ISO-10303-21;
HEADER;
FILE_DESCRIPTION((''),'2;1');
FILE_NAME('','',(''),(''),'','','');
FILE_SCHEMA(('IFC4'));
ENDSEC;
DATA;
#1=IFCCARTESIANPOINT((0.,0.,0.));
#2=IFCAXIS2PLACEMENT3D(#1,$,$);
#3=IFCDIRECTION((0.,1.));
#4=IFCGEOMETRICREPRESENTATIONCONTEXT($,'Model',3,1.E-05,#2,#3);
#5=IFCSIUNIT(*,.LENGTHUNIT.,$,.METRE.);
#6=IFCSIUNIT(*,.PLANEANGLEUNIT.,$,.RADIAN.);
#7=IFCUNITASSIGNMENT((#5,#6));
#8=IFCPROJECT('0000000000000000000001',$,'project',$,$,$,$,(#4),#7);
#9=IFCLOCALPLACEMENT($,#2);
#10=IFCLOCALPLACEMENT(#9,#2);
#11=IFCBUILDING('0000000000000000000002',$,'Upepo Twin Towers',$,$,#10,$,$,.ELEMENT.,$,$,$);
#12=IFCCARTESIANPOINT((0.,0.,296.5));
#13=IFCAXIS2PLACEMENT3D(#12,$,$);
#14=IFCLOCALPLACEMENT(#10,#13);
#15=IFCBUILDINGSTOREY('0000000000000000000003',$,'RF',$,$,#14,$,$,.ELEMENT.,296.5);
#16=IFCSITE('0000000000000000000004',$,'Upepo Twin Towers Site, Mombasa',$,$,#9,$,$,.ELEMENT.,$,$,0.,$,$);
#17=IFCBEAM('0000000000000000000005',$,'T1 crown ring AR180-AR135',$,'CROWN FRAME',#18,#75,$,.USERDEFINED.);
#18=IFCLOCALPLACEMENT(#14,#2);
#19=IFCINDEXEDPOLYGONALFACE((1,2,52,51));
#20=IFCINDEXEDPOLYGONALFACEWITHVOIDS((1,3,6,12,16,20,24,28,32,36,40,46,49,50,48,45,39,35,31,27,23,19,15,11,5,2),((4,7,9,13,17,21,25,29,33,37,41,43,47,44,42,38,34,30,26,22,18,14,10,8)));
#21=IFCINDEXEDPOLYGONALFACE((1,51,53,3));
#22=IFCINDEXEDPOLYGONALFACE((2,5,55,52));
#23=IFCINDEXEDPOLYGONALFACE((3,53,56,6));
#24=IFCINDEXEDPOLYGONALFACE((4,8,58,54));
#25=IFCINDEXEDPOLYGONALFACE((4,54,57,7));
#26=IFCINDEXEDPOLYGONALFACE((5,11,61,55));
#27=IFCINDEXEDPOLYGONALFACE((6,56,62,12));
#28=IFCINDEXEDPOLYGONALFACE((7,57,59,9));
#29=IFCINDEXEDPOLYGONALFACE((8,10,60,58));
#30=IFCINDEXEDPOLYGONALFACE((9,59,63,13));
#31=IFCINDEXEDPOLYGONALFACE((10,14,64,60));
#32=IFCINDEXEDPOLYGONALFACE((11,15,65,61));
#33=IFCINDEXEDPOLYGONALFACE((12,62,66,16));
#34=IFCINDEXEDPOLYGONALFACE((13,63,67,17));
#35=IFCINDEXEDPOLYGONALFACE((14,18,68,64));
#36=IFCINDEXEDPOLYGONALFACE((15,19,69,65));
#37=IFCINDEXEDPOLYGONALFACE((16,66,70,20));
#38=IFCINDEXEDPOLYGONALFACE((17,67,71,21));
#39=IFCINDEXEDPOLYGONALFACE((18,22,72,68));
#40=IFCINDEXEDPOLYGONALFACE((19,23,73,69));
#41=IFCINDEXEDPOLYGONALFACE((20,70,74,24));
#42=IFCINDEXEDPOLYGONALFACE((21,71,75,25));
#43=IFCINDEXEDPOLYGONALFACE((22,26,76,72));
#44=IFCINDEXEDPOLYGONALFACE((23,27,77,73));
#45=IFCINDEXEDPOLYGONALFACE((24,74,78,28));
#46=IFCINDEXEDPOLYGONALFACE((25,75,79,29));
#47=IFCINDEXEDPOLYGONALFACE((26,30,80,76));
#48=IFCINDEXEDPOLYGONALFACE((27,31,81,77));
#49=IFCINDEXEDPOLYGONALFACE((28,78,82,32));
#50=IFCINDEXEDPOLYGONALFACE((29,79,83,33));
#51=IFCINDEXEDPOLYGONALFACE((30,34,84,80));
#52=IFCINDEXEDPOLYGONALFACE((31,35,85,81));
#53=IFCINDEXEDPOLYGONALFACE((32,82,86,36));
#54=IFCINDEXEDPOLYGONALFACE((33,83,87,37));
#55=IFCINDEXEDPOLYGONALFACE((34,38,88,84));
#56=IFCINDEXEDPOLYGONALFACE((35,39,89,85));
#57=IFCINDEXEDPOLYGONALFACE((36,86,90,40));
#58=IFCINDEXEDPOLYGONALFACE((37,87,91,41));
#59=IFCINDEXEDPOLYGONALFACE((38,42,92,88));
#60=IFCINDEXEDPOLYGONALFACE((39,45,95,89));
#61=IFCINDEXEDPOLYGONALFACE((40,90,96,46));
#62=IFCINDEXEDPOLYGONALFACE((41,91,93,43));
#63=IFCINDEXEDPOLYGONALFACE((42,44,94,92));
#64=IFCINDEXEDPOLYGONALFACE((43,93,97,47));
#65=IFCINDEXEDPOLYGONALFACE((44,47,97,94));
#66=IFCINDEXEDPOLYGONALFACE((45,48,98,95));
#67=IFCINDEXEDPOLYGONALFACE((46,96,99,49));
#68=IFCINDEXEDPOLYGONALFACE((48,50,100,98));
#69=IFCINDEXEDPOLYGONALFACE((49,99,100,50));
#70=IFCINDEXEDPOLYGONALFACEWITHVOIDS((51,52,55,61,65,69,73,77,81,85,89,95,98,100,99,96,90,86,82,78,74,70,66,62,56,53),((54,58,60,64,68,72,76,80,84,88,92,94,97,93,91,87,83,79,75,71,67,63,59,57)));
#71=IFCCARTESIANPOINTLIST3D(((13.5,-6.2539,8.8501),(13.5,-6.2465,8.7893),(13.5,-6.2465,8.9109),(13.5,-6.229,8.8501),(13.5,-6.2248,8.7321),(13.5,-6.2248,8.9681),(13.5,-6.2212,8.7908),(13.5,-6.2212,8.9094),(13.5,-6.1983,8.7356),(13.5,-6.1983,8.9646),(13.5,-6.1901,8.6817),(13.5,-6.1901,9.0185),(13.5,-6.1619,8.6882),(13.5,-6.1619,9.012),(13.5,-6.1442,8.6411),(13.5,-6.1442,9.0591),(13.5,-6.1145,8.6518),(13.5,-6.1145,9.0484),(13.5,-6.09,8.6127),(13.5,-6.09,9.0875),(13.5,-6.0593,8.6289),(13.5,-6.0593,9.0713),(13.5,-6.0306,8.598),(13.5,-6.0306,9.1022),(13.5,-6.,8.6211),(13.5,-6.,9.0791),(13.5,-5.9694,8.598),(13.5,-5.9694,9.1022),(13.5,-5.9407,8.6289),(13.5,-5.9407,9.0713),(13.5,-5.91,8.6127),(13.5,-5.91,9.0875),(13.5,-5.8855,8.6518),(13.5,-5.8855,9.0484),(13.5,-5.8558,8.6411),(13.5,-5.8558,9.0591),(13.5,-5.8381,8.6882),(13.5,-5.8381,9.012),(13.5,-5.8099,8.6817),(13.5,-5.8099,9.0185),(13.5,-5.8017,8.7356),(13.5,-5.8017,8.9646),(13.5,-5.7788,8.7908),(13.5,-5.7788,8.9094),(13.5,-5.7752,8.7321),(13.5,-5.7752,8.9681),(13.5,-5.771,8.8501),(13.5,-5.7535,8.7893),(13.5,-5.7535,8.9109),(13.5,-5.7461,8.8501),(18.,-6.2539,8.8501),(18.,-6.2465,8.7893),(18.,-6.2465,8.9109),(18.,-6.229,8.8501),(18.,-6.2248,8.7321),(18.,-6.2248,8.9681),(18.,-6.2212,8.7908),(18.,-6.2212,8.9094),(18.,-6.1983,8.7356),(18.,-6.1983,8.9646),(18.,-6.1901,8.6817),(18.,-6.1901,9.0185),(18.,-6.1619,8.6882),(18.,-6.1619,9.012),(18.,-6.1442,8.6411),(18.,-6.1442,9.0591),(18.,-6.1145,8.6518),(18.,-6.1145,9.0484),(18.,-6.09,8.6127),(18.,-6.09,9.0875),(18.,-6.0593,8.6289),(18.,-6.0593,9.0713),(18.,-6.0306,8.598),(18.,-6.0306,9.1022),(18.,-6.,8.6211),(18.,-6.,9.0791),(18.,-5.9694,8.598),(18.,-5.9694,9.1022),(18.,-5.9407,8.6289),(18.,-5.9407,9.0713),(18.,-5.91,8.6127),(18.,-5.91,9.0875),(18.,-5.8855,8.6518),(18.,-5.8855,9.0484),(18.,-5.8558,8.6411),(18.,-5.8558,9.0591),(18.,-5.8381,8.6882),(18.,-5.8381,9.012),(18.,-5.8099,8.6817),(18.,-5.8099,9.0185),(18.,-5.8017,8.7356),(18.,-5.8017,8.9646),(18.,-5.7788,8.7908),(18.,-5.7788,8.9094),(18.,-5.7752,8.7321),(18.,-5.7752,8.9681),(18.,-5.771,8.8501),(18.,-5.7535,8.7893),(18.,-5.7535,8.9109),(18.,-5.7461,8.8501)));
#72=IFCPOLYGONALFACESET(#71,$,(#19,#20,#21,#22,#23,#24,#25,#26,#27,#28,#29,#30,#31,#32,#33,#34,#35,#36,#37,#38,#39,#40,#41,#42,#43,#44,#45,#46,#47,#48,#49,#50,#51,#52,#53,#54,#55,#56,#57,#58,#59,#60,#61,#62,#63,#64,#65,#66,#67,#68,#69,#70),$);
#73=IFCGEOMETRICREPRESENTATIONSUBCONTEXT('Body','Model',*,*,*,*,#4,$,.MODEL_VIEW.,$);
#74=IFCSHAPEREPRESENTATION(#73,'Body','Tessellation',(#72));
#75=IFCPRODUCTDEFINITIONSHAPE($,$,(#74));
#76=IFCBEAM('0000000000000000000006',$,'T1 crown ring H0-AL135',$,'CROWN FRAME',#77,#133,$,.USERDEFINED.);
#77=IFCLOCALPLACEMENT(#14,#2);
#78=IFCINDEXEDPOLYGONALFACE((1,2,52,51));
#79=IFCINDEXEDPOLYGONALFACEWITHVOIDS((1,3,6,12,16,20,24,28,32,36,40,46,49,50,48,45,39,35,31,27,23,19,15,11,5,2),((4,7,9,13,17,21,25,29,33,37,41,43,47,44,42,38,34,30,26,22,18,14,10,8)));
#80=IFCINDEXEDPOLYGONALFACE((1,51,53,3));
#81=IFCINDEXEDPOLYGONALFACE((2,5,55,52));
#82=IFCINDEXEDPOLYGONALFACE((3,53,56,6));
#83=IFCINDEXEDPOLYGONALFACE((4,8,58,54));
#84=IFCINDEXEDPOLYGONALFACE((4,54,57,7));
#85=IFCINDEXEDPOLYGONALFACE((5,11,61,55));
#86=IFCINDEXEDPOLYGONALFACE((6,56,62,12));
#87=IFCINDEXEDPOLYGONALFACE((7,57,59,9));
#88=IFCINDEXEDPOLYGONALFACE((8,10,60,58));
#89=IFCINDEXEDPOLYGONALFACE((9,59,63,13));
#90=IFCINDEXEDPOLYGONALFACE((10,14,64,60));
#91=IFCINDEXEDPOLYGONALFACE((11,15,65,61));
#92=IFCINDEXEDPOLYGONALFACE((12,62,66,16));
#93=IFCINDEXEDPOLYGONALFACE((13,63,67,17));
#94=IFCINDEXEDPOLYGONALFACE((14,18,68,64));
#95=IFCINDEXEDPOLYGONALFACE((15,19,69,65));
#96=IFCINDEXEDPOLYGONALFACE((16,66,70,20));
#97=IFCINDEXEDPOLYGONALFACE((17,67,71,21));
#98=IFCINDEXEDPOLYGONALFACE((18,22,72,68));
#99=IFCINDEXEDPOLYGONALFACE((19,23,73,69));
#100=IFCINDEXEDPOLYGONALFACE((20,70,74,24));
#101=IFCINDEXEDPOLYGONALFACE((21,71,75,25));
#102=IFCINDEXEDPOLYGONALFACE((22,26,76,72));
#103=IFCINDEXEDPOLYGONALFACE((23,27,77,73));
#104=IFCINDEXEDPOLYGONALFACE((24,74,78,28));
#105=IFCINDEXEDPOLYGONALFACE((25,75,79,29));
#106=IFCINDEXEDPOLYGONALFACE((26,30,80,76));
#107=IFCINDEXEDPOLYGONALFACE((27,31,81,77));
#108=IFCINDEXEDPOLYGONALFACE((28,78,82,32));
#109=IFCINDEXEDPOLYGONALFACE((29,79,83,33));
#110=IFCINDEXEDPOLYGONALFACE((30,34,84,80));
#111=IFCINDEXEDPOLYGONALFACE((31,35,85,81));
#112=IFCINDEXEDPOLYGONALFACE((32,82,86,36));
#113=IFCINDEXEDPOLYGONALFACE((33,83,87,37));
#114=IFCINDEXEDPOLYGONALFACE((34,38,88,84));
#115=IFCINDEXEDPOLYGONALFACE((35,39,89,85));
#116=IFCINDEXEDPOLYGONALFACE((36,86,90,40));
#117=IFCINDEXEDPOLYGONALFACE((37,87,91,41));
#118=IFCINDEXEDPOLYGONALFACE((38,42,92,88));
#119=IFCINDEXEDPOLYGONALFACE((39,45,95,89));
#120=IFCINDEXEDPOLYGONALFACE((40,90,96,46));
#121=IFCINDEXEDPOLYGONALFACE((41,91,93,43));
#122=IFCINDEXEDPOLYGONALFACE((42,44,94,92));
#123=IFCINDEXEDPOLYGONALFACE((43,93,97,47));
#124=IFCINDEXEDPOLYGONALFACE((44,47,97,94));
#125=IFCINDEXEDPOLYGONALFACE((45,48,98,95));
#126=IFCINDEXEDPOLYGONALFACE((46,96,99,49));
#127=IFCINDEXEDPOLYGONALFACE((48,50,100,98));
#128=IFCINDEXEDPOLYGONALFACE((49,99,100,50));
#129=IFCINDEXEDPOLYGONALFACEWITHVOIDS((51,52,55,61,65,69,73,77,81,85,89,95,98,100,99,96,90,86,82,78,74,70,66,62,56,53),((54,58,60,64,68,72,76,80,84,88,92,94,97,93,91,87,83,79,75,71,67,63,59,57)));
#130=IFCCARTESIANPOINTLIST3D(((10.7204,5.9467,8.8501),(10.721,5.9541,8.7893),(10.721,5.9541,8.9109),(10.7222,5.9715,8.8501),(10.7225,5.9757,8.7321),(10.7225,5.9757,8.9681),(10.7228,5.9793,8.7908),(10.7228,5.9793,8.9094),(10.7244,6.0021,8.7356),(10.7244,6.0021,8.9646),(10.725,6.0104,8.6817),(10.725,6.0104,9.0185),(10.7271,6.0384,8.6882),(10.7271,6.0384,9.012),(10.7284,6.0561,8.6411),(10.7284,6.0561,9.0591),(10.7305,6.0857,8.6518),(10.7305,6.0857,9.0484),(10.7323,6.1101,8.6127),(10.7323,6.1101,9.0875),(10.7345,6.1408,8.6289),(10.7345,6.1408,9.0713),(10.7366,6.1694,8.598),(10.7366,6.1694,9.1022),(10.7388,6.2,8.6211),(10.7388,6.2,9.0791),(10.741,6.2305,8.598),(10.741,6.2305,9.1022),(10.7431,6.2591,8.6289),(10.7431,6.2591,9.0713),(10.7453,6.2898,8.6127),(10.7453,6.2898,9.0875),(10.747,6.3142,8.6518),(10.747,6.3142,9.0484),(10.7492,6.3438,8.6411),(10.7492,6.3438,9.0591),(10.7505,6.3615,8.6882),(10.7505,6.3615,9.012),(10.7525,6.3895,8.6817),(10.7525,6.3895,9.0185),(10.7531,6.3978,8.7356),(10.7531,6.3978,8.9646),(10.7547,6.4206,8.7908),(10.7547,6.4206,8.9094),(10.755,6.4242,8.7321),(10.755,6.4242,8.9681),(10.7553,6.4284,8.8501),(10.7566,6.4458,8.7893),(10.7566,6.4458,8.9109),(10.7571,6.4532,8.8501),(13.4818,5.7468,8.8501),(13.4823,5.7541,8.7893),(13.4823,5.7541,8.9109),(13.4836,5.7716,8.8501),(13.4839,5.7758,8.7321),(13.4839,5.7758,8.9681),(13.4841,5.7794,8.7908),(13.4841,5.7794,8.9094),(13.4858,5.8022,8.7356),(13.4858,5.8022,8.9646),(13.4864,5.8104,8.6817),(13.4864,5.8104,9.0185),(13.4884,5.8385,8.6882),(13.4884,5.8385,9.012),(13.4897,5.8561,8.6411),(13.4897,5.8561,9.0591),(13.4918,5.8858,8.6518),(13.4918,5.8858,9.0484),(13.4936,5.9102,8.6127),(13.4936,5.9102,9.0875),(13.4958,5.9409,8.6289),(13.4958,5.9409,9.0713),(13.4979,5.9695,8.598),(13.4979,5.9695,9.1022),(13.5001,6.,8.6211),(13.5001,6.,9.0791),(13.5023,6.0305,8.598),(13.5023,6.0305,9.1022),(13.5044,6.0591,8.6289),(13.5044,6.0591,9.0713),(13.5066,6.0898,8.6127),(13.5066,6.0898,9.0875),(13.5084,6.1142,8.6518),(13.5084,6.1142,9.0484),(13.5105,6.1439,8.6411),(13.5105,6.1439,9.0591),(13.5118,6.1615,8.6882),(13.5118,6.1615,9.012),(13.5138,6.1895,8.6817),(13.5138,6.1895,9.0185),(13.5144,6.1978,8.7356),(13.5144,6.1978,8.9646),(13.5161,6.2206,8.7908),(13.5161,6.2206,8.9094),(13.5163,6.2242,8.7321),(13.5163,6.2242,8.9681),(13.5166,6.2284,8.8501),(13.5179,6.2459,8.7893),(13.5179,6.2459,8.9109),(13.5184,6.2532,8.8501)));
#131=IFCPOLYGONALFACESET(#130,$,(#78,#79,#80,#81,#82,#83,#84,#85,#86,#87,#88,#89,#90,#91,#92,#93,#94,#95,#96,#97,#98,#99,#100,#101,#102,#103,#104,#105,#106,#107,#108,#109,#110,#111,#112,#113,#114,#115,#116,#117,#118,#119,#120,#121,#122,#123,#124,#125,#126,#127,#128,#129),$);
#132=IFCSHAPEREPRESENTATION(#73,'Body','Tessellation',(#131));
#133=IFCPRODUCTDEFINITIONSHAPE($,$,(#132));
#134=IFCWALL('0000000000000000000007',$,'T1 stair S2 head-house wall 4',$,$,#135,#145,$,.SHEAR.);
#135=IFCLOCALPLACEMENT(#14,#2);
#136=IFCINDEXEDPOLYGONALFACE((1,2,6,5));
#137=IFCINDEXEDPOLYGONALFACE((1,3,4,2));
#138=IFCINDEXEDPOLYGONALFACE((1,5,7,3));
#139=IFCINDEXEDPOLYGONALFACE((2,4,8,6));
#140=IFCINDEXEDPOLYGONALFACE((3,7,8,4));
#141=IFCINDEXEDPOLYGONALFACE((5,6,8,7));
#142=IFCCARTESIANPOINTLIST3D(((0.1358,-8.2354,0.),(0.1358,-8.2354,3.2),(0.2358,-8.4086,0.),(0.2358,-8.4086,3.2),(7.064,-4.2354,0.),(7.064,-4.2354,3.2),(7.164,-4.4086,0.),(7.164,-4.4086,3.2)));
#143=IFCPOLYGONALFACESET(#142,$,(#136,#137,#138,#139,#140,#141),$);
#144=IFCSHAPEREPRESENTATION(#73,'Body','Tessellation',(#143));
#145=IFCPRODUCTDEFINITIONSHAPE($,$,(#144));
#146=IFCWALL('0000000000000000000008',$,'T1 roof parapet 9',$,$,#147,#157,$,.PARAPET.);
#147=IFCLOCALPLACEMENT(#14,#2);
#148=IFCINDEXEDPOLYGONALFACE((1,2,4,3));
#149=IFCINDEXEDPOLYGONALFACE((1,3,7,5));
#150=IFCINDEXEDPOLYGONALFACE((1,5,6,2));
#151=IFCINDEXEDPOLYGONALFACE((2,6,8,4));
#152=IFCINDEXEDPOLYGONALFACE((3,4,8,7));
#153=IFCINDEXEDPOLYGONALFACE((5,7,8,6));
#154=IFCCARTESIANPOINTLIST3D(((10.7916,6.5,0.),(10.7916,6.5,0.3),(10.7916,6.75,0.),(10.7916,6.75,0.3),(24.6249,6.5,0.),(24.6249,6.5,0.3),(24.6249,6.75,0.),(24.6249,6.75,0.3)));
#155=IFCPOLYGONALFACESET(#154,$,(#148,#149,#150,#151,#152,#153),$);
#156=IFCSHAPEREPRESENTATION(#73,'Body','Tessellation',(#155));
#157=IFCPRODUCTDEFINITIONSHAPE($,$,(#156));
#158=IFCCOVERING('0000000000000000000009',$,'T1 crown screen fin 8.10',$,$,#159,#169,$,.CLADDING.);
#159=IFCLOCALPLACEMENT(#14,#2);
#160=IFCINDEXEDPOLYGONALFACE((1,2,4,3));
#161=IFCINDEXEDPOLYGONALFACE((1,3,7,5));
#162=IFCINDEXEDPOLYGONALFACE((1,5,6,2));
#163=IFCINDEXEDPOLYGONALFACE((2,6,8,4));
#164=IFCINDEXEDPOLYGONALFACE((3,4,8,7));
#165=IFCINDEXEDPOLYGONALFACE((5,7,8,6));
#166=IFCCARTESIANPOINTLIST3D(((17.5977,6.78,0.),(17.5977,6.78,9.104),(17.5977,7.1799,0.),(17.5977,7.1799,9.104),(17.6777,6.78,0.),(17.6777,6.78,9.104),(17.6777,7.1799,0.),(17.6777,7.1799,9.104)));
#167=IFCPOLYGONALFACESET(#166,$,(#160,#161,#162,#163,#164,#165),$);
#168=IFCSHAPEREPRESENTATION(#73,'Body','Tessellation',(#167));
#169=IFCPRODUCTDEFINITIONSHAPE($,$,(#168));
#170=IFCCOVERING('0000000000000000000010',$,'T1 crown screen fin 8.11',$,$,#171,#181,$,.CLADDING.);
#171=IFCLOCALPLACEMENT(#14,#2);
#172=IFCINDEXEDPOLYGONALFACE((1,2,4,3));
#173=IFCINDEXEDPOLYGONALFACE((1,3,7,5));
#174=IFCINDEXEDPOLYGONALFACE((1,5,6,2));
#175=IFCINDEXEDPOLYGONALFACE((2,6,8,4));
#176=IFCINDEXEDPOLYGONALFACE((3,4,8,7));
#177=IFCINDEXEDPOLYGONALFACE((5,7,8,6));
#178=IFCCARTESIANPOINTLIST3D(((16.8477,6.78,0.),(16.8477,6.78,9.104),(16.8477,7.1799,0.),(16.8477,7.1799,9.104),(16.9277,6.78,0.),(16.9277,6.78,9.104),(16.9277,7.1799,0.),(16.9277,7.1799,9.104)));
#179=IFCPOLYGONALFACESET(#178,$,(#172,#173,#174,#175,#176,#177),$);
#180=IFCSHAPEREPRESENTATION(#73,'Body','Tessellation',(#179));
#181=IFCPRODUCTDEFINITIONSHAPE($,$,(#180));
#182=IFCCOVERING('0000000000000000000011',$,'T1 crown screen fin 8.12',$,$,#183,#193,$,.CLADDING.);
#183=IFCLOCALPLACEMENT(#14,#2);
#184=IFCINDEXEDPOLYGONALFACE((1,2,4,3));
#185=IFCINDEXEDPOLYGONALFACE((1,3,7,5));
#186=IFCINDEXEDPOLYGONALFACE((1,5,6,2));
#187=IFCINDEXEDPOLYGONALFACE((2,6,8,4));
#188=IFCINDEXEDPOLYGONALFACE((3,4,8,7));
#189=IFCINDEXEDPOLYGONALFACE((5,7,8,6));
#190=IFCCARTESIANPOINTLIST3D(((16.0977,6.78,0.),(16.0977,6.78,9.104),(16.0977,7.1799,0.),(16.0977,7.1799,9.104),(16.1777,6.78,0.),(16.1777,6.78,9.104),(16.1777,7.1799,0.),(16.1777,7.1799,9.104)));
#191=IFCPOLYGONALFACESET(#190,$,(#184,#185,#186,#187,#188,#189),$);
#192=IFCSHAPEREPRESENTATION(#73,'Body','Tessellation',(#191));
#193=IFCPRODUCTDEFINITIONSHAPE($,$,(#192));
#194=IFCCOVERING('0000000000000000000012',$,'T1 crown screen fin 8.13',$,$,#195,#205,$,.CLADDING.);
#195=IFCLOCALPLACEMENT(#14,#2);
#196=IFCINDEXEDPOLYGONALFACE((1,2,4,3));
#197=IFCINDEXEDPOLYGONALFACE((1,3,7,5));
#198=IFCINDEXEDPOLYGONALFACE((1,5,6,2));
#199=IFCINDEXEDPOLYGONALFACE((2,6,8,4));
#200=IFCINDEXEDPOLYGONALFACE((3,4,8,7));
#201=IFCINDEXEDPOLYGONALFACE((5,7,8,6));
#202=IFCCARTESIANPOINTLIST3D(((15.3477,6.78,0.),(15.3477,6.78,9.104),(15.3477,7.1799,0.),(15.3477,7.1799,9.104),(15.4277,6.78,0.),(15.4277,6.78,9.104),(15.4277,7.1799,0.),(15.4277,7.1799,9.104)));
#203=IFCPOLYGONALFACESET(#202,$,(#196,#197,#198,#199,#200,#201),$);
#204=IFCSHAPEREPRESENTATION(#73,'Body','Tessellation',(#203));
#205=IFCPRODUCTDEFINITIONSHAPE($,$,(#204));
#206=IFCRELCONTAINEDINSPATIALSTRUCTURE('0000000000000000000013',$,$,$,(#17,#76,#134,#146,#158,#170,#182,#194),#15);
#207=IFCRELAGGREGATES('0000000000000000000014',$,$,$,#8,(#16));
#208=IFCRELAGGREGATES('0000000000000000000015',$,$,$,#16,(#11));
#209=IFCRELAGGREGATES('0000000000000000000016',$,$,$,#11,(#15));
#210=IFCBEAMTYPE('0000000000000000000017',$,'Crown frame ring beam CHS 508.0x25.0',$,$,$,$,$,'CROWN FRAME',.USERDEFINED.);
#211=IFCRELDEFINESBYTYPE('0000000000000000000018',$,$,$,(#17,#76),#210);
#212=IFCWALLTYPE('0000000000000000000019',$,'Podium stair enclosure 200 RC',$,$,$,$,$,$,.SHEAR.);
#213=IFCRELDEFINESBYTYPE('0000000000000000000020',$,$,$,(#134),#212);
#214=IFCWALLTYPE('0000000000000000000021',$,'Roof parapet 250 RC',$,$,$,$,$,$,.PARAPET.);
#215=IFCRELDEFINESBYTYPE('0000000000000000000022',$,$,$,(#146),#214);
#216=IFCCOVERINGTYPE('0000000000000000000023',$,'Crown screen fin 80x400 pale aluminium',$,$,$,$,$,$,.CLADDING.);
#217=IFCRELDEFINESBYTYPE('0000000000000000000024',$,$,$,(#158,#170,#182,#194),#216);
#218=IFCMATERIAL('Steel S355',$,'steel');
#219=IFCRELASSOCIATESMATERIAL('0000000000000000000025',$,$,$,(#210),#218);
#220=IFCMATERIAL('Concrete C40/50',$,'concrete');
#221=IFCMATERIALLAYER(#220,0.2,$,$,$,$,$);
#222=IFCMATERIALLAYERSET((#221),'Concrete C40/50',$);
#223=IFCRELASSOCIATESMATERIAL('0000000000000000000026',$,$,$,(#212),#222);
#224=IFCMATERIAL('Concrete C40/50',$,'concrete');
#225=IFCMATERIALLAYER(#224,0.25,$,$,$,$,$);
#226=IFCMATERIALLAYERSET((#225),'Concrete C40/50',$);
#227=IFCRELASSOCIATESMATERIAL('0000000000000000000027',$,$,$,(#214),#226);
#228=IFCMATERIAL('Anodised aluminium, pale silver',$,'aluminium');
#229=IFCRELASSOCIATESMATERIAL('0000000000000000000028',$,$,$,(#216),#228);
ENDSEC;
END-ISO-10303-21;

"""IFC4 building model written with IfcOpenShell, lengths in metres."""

from ifc_helpers import new_model, si_unit, direction, frame, frame_2d, origin, origin_2d, place, context, subcontext, project, spatial, rectangle, hollow_circle, extrude, material, layer, layer_set, material_profile, profile_set, type_object, element, save


model = new_model("IFC4")

# Units and contexts
model_context = context("Model", 3, precision=1e-05, world=origin(), true_north=direction((0.0, 1.0)))
body_context = subcontext(model_context, "Body", "Model", "MODEL_VIEW")
ifc_project = project(units=[si_unit("LENGTHUNIT", "METRE"), si_unit("PLANEANGLEUNIT", "RADIAN")], contexts=[model_context])

# Site, building, storey
site_placement = place(None, origin())
site = spatial("IfcSite", under=ifc_project, at=site_placement, Name="Upepo Twin Towers Site, Mombasa", CompositionType="ELEMENT", RefElevation=0.0)
building_placement = place(site_placement, origin())
building = spatial("IfcBuilding", under=site, at=building_placement, Name="Upepo Twin Towers", CompositionType="ELEMENT")
storey_placement = place(building_placement, frame((0.0, 0.0, 296.5)))
storey = spatial("IfcBuildingStorey", under=building, at=storey_placement, Name="RF", CompositionType="ELEMENT", Elevation=296.5)

# Beams
ifc_material_1 = material(Name="Steel S355", Category="steel")
ifc_material_profile_1 = material_profile(ifc_material_1, hollow_circle(Radius=0.2539, WallThickness=0.0249, at=origin_2d()), Name="CHS 508.0x25.0")
ifc_profile_set_1 = profile_set([ifc_material_profile_1], Name="Steel S355")
beam_type = type_object("IfcBeamType", Name="Crown frame ring beam CHS 508.0x25.0", ElementType="CROWN FRAME", PredefinedType="USERDEFINED", material=ifc_profile_set_1)
for number, where, z_axis, x_axis, name in (
    (1, (18.0, -6.0, 8.8501), (-1.0, 0.0, 0.0), (0.0, -1.0, 0.0), "T1 crown ring AR180-AR135"),
):
    element("IfcBeam", number, at=place(storey_placement, frame(where, z_axis=z_axis, x_axis=x_axis)), inside=storey, type_object=beam_type, Name=name, ObjectType="CROWN FRAME", PredefinedType="USERDEFINED", context=body_context, shape_type="SweptSolid", body=[
        extrude(hollow_circle(Radius=0.2539, WallThickness=0.0249, at=origin_2d()), origin(), (0.0, 0.0, 1.0), 4.5),
    ])
beam_1_placement = place(storey_placement, frame((10.7388, 6.2, 8.8501), z_axis=(0.997388, -0.072225, 0.0), x_axis=(0.072225, 0.997388, 0.0)))
element("IfcBeam", 2, at=beam_1_placement, inside=storey, type_object=beam_type, Name="T1 crown ring H0-AL135", ObjectType="CROWN FRAME", PredefinedType="USERDEFINED", context=body_context, shape_type="SweptSolid", body=[
    extrude(hollow_circle(Radius=0.2539, WallThickness=0.0249, at=origin_2d()), origin(), (0.0, 0.0, 1.0), 2.7686),
])

# Walls
ifc_material_2 = material(Name="Concrete C40/50", Category="concrete")
ifc_layer_1 = layer(ifc_material_2, 0.2)
ifc_layer_set_1 = layer_set([ifc_layer_1], Name="Concrete C40/50")
wall_type_1 = type_object("IfcWallType", Name="Podium stair enclosure 200 RC", PredefinedType="SHEAR", material=ifc_layer_set_1)
wall_1_placement = place(storey_placement, frame((7.114, -4.322, 0.0), z_axis=(0.0, 0.0, 1.0), x_axis=(-0.866026, -0.499999, 0.0)))
element("IfcWall", 3, at=wall_1_placement, inside=storey, type_object=wall_type_1, Name="T1 stair S2 head-house wall 4", PredefinedType="SHEAR", context=body_context, shape_type="SweptSolid", body=[
    extrude(rectangle(XDim=8.0, YDim=0.2, at=frame_2d((4.0, 0.0))), origin(), (0.0, 0.0, 1.0), 3.2),
])
ifc_material_3 = material(Name="Concrete C40/50", Category="concrete")
ifc_layer_2 = layer(ifc_material_3, 0.25)
ifc_layer_set_2 = layer_set([ifc_layer_2], Name="Concrete C40/50")
wall_type_2 = type_object("IfcWallType", Name="Roof parapet 250 RC", PredefinedType="PARAPET", material=ifc_layer_set_2)
wall_2_placement = place(storey_placement, frame((10.7917, 6.625, 0.0), z_axis=(0.0, 0.0, 1.0), x_axis=(1.0, 0.0, 0.0)))
element("IfcWall", 4, at=wall_2_placement, inside=storey, type_object=wall_type_2, Name="T1 roof parapet 9", PredefinedType="PARAPET", context=body_context, shape_type="SweptSolid", body=[
    extrude(rectangle(XDim=13.8333, YDim=0.25, at=frame_2d((6.9165, 0.0))), origin(), (0.0, 0.0, 1.0), 0.3),
])

# Coverings
ifc_material_4 = material(Name="Anodised aluminium, pale silver", Category="aluminium")
covering_type_1 = type_object("IfcCoveringType", Name="Crown screen fin 80x400 pale aluminium", PredefinedType="CLADDING", material=ifc_material_4)
for number, where, z_axis, x_axis, name in (
    (5, (17.6377, 6.98, 0.0), (0.0, 0.0, 1.0), (-1.0, 0.0, 0.0), "T1 crown screen fin 8.10"),
    (6, (16.8877, 6.98, 0.0), (0.0, 0.0, 1.0), (-1.0, 0.0, 0.0), "T1 crown screen fin 8.11"),
    (7, (16.1377, 6.98, 0.0), (0.0, 0.0, 1.0), (-1.0, 0.0, 0.0), "T1 crown screen fin 8.12"),
    (8, (15.3877, 6.98, 0.0), (0.0, 0.0, 1.0), (-1.0, 0.0, 0.0), "T1 crown screen fin 8.13"),
):
    element("IfcCovering", number, at=place(storey_placement, frame(where, z_axis=z_axis, x_axis=x_axis)), inside=storey, type_object=covering_type_1, Name=name, PredefinedType="CLADDING", context=body_context, shape_type="SweptSolid", body=[
        extrude(rectangle(XDim=0.0801, YDim=0.3999, at=origin_2d()), origin(), (0.0, 0.0, 1.0), 9.104),
    ])

save(model, "model.ifc")
